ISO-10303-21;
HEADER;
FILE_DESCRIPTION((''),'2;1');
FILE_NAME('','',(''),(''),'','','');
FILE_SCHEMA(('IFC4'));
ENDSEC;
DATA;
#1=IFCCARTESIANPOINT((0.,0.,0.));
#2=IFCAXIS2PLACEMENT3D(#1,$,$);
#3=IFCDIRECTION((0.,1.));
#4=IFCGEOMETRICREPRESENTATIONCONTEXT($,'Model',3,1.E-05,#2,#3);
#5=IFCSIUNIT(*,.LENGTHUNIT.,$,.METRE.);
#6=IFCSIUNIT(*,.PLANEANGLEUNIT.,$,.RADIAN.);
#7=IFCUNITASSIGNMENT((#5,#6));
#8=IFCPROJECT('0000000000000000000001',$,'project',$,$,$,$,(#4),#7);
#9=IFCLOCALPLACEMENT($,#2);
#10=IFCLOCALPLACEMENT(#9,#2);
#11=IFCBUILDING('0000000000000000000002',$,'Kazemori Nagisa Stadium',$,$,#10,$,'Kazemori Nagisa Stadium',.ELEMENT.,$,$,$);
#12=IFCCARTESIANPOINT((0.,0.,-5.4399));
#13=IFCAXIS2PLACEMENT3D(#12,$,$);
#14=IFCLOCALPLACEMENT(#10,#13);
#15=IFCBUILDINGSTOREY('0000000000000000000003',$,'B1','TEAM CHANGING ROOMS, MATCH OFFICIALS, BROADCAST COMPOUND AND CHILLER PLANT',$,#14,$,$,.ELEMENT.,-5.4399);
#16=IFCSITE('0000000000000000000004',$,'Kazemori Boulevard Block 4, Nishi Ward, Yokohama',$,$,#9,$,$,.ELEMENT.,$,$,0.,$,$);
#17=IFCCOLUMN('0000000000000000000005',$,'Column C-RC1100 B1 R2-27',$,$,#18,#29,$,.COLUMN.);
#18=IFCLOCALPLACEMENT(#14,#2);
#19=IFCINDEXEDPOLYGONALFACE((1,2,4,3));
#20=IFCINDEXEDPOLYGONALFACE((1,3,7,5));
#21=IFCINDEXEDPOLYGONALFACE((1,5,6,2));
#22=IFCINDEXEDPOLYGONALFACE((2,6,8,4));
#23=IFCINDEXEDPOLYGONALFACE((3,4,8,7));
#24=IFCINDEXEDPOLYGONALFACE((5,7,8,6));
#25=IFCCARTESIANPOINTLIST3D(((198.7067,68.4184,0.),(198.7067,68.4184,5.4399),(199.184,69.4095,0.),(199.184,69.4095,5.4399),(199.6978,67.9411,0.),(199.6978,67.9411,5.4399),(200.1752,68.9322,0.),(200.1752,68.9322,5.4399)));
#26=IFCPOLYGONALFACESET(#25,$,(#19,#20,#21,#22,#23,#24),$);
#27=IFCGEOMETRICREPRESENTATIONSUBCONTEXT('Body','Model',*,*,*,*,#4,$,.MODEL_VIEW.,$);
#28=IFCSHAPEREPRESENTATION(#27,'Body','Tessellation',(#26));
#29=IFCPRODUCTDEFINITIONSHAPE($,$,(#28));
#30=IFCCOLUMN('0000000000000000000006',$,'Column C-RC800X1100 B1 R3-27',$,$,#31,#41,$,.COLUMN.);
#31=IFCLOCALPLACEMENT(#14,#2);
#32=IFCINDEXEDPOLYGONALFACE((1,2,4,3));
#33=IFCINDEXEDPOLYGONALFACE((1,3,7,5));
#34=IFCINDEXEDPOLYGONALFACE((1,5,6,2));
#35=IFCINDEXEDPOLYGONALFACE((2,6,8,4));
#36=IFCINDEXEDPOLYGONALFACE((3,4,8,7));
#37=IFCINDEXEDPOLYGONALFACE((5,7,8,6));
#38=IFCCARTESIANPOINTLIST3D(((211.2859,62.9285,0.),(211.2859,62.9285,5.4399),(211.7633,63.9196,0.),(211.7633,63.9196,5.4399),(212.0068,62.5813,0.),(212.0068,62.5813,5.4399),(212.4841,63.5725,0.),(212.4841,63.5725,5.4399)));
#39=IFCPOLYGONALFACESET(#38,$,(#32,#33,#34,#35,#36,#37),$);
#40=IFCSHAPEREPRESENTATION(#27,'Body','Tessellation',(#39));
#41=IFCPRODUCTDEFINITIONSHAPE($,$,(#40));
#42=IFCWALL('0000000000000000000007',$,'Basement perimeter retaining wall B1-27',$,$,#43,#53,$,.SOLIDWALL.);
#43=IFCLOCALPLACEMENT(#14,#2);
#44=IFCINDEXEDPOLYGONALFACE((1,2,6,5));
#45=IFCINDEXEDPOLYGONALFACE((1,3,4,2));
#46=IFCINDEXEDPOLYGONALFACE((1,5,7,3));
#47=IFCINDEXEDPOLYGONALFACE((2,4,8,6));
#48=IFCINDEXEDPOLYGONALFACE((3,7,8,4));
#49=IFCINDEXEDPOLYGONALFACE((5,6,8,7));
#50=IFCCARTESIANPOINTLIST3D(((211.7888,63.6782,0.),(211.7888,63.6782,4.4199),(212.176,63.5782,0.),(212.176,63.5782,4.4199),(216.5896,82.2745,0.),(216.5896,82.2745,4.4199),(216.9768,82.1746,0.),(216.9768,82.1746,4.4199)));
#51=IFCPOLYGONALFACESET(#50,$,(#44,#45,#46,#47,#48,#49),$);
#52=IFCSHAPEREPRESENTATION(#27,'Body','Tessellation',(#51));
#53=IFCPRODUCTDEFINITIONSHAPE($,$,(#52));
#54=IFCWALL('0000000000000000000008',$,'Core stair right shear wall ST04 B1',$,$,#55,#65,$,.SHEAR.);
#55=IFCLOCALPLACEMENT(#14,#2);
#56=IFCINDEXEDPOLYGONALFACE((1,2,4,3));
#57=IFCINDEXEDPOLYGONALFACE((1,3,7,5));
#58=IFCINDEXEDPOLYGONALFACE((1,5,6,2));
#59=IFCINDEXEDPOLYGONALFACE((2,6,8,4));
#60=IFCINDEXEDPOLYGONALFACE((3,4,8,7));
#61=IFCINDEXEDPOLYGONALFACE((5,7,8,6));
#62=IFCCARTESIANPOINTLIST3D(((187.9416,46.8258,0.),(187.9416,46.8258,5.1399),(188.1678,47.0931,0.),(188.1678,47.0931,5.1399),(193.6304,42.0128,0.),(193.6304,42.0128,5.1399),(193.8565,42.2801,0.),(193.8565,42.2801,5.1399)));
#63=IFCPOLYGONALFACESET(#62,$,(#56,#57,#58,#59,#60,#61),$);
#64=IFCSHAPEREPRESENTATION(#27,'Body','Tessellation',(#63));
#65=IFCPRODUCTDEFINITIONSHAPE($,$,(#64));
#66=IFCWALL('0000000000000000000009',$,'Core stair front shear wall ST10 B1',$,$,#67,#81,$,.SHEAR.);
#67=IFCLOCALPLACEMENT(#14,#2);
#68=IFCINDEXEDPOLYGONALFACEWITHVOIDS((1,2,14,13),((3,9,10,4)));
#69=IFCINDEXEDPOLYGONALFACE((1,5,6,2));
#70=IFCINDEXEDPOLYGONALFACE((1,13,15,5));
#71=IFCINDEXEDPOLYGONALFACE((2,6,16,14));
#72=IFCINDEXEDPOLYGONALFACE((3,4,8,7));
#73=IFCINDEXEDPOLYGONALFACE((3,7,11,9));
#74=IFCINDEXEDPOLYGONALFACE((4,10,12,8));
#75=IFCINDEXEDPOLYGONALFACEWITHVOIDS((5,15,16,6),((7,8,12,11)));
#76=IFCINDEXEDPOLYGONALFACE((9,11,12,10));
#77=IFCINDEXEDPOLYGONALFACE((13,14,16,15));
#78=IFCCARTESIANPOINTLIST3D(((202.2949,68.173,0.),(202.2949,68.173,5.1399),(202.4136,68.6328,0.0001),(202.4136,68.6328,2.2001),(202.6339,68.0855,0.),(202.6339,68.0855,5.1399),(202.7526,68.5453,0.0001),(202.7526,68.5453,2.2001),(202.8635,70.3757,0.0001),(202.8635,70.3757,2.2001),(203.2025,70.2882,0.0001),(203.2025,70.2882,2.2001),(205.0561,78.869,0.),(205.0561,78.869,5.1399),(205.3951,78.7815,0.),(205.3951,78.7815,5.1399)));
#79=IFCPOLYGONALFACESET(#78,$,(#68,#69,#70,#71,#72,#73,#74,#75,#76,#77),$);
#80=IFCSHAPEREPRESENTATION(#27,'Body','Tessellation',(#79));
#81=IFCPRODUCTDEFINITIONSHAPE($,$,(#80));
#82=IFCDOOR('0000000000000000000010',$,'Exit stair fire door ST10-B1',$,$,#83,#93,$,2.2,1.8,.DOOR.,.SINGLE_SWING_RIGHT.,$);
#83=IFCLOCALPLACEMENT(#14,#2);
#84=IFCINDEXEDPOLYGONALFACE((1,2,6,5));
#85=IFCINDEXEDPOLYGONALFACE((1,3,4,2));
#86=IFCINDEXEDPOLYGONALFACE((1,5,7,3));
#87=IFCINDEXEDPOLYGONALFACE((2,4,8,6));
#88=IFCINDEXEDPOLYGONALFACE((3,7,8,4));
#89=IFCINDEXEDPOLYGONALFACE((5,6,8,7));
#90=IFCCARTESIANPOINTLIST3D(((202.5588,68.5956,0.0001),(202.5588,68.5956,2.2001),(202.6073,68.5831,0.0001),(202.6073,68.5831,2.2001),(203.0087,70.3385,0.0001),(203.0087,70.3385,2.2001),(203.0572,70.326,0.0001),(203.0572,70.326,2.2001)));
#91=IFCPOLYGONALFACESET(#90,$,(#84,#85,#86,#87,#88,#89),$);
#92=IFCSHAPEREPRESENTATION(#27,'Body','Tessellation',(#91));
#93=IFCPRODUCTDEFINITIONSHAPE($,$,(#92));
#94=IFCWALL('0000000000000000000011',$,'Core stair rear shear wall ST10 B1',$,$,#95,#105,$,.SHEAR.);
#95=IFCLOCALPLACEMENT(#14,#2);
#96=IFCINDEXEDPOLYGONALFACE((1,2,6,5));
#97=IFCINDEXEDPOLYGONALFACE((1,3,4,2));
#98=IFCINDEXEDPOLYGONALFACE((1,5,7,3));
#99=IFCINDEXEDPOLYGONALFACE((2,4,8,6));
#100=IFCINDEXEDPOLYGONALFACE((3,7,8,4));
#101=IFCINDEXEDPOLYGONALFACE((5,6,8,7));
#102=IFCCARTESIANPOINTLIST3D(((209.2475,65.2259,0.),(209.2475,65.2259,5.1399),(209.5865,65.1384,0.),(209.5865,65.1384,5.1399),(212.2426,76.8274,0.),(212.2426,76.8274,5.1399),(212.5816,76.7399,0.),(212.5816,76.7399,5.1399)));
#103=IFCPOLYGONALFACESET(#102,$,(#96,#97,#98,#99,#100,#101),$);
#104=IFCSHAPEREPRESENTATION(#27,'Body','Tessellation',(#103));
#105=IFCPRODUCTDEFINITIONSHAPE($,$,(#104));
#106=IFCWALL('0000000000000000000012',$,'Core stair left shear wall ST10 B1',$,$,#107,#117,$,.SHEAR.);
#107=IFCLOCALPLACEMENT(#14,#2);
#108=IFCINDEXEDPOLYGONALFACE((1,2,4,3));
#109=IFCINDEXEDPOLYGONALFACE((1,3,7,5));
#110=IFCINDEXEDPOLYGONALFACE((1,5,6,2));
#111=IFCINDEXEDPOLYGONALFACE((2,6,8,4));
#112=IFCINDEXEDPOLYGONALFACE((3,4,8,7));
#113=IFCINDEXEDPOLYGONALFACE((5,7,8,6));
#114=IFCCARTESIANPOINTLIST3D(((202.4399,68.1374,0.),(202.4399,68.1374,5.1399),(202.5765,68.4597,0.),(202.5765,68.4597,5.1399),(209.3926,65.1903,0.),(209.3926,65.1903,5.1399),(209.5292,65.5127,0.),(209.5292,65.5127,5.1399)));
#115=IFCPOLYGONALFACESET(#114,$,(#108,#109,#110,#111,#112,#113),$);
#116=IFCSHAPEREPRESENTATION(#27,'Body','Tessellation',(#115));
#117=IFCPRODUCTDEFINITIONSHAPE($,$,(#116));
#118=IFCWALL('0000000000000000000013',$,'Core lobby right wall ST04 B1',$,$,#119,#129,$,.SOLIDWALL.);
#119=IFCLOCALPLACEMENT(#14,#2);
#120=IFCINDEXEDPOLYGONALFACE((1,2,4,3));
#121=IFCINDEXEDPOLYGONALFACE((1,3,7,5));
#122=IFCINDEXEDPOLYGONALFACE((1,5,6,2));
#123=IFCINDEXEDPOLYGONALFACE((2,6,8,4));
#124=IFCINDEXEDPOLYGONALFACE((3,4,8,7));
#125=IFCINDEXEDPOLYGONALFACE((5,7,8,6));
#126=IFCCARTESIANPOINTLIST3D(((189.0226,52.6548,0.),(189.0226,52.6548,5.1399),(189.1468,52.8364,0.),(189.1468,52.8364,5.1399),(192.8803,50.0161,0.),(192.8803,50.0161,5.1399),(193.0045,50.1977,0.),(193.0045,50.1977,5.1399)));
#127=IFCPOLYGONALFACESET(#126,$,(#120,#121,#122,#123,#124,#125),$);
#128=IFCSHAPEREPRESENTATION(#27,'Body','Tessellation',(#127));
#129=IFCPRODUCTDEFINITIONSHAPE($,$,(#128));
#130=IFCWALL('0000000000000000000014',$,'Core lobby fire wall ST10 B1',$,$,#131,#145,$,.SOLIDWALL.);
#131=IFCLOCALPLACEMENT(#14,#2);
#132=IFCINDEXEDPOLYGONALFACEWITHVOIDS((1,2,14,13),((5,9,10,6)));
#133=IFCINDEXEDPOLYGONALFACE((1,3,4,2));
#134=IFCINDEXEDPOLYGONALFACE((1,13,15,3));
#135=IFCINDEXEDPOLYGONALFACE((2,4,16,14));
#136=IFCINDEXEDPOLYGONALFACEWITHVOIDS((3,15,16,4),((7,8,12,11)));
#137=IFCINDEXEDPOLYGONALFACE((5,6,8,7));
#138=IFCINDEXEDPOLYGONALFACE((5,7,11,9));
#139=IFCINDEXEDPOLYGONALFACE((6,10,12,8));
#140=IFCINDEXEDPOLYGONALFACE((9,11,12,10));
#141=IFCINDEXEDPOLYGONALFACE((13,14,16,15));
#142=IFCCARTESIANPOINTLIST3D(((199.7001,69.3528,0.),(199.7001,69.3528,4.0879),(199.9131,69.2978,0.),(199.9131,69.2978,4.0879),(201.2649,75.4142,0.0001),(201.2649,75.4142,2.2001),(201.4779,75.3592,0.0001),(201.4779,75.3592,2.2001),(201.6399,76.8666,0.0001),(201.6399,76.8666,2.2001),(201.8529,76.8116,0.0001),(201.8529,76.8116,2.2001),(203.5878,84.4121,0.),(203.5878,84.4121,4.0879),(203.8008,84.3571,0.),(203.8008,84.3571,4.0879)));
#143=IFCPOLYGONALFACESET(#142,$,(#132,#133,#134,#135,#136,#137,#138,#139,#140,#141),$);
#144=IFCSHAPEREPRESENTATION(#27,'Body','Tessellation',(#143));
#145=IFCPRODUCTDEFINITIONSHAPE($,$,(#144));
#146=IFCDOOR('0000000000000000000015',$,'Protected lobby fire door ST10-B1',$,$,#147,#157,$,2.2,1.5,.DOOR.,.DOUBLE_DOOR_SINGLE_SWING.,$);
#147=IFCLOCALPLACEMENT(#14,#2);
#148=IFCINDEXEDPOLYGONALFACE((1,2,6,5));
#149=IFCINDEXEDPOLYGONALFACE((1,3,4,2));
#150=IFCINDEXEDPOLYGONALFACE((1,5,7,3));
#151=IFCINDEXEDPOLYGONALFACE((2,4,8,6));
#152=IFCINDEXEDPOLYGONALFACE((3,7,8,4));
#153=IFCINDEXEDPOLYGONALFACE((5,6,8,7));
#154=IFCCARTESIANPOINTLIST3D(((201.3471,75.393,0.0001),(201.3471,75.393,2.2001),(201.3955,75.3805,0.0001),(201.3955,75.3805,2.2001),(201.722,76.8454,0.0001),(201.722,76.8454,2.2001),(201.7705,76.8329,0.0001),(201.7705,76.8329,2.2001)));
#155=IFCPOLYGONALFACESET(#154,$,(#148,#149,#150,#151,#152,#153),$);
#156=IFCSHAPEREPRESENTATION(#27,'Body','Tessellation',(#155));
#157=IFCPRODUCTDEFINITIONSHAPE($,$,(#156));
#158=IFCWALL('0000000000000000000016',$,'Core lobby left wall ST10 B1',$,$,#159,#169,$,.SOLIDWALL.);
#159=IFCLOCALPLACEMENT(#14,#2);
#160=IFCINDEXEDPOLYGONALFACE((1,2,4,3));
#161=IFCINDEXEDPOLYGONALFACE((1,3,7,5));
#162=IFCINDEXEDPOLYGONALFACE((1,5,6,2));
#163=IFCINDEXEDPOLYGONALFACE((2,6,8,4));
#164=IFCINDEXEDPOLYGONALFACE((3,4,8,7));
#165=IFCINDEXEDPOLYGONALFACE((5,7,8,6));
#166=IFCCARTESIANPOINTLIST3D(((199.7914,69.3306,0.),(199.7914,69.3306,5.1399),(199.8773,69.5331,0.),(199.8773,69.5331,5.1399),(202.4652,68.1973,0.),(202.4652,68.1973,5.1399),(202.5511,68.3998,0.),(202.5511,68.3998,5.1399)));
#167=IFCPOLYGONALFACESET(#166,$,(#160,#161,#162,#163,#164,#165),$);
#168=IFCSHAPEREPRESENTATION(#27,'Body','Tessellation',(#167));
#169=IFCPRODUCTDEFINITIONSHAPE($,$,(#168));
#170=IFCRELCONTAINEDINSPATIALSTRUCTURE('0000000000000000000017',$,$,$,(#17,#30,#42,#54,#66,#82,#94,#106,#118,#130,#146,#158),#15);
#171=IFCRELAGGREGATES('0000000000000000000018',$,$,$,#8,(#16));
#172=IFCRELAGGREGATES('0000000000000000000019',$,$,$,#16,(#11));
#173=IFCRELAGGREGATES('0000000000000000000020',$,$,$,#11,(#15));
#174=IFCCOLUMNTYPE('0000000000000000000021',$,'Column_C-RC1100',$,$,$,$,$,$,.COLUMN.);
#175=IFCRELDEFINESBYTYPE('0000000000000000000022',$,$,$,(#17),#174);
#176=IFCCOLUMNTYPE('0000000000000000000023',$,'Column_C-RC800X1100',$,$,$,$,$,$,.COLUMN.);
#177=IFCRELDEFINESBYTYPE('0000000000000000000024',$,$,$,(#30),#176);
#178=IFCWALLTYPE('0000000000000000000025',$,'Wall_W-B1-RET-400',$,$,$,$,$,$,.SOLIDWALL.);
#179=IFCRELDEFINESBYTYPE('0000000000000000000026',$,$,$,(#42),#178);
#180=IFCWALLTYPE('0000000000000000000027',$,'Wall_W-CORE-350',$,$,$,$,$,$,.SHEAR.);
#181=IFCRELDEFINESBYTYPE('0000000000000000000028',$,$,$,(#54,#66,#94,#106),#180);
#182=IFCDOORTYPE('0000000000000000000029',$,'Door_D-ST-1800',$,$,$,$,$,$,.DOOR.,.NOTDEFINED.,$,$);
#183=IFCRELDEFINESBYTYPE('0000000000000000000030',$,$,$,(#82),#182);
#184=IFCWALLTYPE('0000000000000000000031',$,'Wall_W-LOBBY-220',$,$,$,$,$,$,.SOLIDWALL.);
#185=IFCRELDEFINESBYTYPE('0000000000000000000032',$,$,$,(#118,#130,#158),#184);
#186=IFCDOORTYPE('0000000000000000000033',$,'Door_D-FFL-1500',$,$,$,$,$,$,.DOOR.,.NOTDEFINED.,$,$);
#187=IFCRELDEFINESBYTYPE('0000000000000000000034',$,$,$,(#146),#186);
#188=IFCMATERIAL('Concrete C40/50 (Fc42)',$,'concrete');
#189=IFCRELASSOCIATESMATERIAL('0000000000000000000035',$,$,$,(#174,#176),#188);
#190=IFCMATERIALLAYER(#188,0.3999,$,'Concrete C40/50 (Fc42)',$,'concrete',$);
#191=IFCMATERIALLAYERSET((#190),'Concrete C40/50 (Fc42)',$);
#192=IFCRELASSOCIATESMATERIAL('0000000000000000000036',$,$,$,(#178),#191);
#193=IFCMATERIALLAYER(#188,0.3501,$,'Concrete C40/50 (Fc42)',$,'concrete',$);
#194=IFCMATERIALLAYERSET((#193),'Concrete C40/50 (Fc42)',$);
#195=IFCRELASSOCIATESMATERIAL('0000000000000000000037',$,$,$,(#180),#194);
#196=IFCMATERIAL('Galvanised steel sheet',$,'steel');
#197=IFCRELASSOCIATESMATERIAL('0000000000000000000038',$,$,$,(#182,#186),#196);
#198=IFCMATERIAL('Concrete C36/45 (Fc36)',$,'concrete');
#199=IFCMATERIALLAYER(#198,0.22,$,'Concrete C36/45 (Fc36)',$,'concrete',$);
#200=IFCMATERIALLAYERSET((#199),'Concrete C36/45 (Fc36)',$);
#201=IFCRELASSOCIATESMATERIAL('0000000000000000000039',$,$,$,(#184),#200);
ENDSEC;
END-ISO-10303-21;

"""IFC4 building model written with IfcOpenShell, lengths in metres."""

from ifc_helpers import new_model, si_unit, direction, frame, frame_2d, origin, origin_2d, place, context, subcontext, project, spatial, rectangle, extrude, material, layer, layer_set, material_profile, profile_set, type_object, element, fill, save


model = new_model("IFC4")

# Units and contexts
model_context = context("Model", 3, precision=1e-05, world=origin(), true_north=direction((0.0, 1.0)))
body_context = subcontext(model_context, "Body", "Model", "MODEL_VIEW")
ifc_project = project(units=[si_unit("LENGTHUNIT", "METRE"), si_unit("PLANEANGLEUNIT", "RADIAN")], contexts=[model_context])

# Site, building, storey
site_placement = place(None, origin())
site = spatial("IfcSite", under=ifc_project, at=site_placement, Name="Kazemori Boulevard Block 4, Nishi Ward, Yokohama", CompositionType="ELEMENT", RefElevation=0.0)
building_placement = place(site_placement, origin())
building = spatial("IfcBuilding", under=site, at=building_placement, Name="Kazemori Nagisa Stadium", LongName="Kazemori Nagisa Stadium", CompositionType="ELEMENT")
storey_placement = place(building_placement, frame((0.0, 0.0, -5.4399)))
storey = spatial("IfcBuildingStorey", under=building, at=storey_placement, Name="B1", Description="TEAM CHANGING ROOMS, MATCH OFFICIALS, BROADCAST COMPOUND AND CHILLER PLANT", CompositionType="ELEMENT", Elevation=-5.4399)

# Shared definitions
ifc_material_1 = material(Name="Concrete C40/50 (Fc42)", Category="concrete")

# Shared definitions
ifc_material_2 = material(Name="Concrete C36/45 (Fc36)", Category="concrete")

# Columns
ifc_material_profile_1 = material_profile(ifc_material_1, rectangle(XDim=1.1001, YDim=1.1001, at=origin_2d()), Name="RC-COL-1100x1100")
ifc_profile_set_1 = profile_set([ifc_material_profile_1], Name="Concrete C40/50 (Fc42)")
column_type_1 = type_object("IfcColumnType", Name="Column_C-RC1100", PredefinedType="COLUMN", material=ifc_profile_set_1)
for number, where, z_axis, x_axis, name in (
    (1, (199.4409, 68.6753, 0.0), (0.0, 0.0, 1.0), (0.900969, -0.433884, 0.0), "Column C-RC1100 B1 R2-27"),
):
    element("IfcColumn", number, at=place(storey_placement, frame(where, z_axis=z_axis, x_axis=x_axis)), inside=storey, type_object=column_type_1, Name=name, PredefinedType="COLUMN", context=body_context, shape_type="SweptSolid", body=[
        extrude(rectangle(XDim=1.1001, YDim=1.1001, at=origin_2d()), origin(), (0.0, 0.0, 1.0), 5.4399),
    ])
ifc_material_profile_2 = material_profile(ifc_material_1, rectangle(XDim=0.8, YDim=1.1001, at=origin_2d()), Name="RC-COL-800x1100")
ifc_profile_set_2 = profile_set([ifc_material_profile_2], Name="Concrete C40/50 (Fc42)")
column_type_2 = type_object("IfcColumnType", Name="Column_C-RC800X1100", PredefinedType="COLUMN", material=ifc_profile_set_2)
column_1_placement = place(storey_placement, frame((211.885, 63.2505, 0.0), z_axis=(0.0, 0.0, 1.0), x_axis=(0.900969, -0.433884, 0.0)))
element("IfcColumn", 2, at=column_1_placement, inside=storey, type_object=column_type_2, Name="Column C-RC800X1100 B1 R3-27", PredefinedType="COLUMN", context=body_context, shape_type="SweptSolid", body=[
    extrude(rectangle(XDim=0.8, YDim=1.1001, at=origin_2d()), origin(), (0.0, 0.0, 1.0), 5.4399),
])

# Walls
ifc_layer_1 = layer(ifc_material_1, 0.3999, Name="Concrete C40/50 (Fc42)", Category="concrete")
ifc_layer_set_1 = layer_set([ifc_layer_1], Name="Concrete C40/50 (Fc42)")
wall_type_1 = type_object("IfcWallType", Name="Wall_W-B1-RET-400", PredefinedType="SOLIDWALL", material=ifc_layer_set_1)
wall_1_placement = place(storey_placement, frame((211.9824, 63.6282, 0.0), z_axis=(0.0, 0.0, 1.0), x_axis=(0.249961, 0.968256, 0.0)))
element("IfcWall", 3, at=wall_1_placement, inside=storey, type_object=wall_type_1, Name="Basement perimeter retaining wall B1-27", PredefinedType="SOLIDWALL", context=body_context, shape_type="SweptSolid", body=[
    extrude(rectangle(XDim=19.2061, YDim=0.3999, at=frame_2d((9.603, 0.0))), origin(), (0.0, 0.0, 1.0), 4.4199),
])
ifc_layer_2 = layer(ifc_material_1, 0.3501, Name="Concrete C40/50 (Fc42)", Category="concrete")
ifc_layer_set_2 = layer_set([ifc_layer_2], Name="Concrete C40/50 (Fc42)")
wall_type_2 = type_object("IfcWallType", Name="Wall_W-CORE-350", PredefinedType="SHEAR", material=ifc_layer_set_2)
wall_2_placement = place(storey_placement, frame((188.0547, 46.9595, 0.0), z_axis=(0.0, 0.0, 1.0), x_axis=(0.763422, -0.6459, 0.0)))
element("IfcWall", 4, at=wall_2_placement, inside=storey, type_object=wall_type_2, Name="Core stair right shear wall ST04 B1", PredefinedType="SHEAR", context=body_context, shape_type="SweptSolid", body=[
    extrude(rectangle(XDim=7.4517, YDim=0.3501, at=frame_2d((3.7258, 0.0))), origin(), (0.0, 0.0, 1.0), 5.1399),
])

# Wall, opening, door
wall_3_placement = place(storey_placement, frame((202.4644, 68.1292, 0.0), z_axis=(0.0, 0.0, 1.0), x_axis=(0.24996, 0.968256, 0.0)))
wall_3 = element("IfcWall", 5, at=wall_3_placement, inside=storey, type_object=wall_type_2, Name="Core stair front shear wall ST10 B1", PredefinedType="SHEAR", context=body_context, shape_type="SweptSolid", body=[
    extrude(rectangle(XDim=11.0466, YDim=0.3501, at=frame_2d((5.5234, 0.0))), origin(), (0.0, 0.0, 1.0), 5.1399),
])
opening_1_placement = place(wall_3_placement, frame((0.4751, 0.0, 0.0)))
opening_1 = element("IfcOpeningElement", 6, at=opening_1_placement, cuts=wall_3, PredefinedType="OPENING", context=body_context, shape_type="SweptSolid", body=[
    extrude(rectangle(XDim=1.8, YDim=2.2, at=frame_2d((0.8999, 1.1001))), frame((0.0, 0.1851, 0.0), z_axis=(0.0, -1.0, 0.0), x_axis=(1.0, 0.0, 0.0)), (0.0, 0.0, 1.0), 0.3701),
])
ifc_material_3 = material(Name="Galvanised steel sheet", Category="steel")
door_type_1 = type_object("IfcDoorType", Name="Door_D-ST-1800", OperationType="NOTDEFINED", PredefinedType="DOOR", material=ifc_material_3)
door_1_placement = place(opening_1_placement, frame((1.8, 0.0, 0.0), z_axis=(0.0, 0.0, 1.0), x_axis=(-1.0, 0.0, 0.0)))
door_1 = element("IfcDoor", 7, at=door_1_placement, inside=storey, type_object=door_type_1, Name="Exit stair fire door ST10-B1", OperationType="SINGLE_SWING_RIGHT", OverallHeight=2.2, OverallWidth=1.8, PredefinedType="DOOR", context=body_context, shape_type="SweptSolid", body=[
    extrude(rectangle(XDim=1.8, YDim=2.2, at=frame_2d((0.8999, 1.1001))), frame((0.0, 0.0249, 0.0), z_axis=(0.0, -1.0, 0.0), x_axis=(1.0, 0.0, 0.0)), (0.0, 0.0, 1.0), 0.05),
])
fill(opening_1, door_1)

# Walls
wall_4_placement = place(storey_placement, frame((209.417, 65.1821, 0.0), z_axis=(0.0, 0.0, 1.0), x_axis=(0.249969, 0.968254, 0.0)))
element("IfcWall", 8, at=wall_4_placement, inside=storey, type_object=wall_type_2, Name="Core stair rear shear wall ST10 B1", PredefinedType="SHEAR", context=body_context, shape_type="SweptSolid", body=[
    extrude(rectangle(XDim=11.9819, YDim=0.3501, at=frame_2d((5.991, 0.0))), origin(), (0.0, 0.0, 1.0), 5.1399),
])
wall_5_placement = place(storey_placement, frame((202.5081, 68.2986, 0.0), z_axis=(0.0, 0.0, 1.0), x_axis=(0.920705, -0.39026, 0.0)))
element("IfcWall", 9, at=wall_5_placement, inside=storey, type_object=wall_type_2, Name="Core stair left shear wall ST10 B1", PredefinedType="SHEAR", context=body_context, shape_type="SweptSolid", body=[
    extrude(rectangle(XDim=7.5515, YDim=0.3501, at=frame_2d((3.7759, 0.0))), origin(), (0.0, 0.0, 1.0), 5.1399),
])
ifc_layer_3 = layer(ifc_material_2, 0.22, Name="Concrete C36/45 (Fc36)", Category="concrete")
ifc_layer_set_3 = layer_set([ifc_layer_3], Name="Concrete C36/45 (Fc36)")
wall_type_3 = type_object("IfcWallType", Name="Wall_W-LOBBY-220", PredefinedType="SOLIDWALL", material=ifc_layer_set_3)
wall_6_placement = place(storey_placement, frame((189.0847, 52.7456, 0.0), z_axis=(0.0, 0.0, 1.0), x_axis=(0.825385, -0.56457, 0.0)))
element("IfcWall", 10, at=wall_6_placement, inside=storey, type_object=wall_type_3, Name="Core lobby right wall ST04 B1", PredefinedType="SOLIDWALL", context=body_context, shape_type="SweptSolid", body=[
    extrude(rectangle(XDim=4.6738, YDim=0.22, at=frame_2d((2.3369, 0.0))), origin(), (0.0, 0.0, 1.0), 5.1399),
])

# Wall, opening, door
wall_7_placement = place(storey_placement, frame((199.8066, 69.3254, 0.0), z_axis=(0.0, 0.0, 1.0), x_axis=(0.249963, 0.968255, 0.0)))
wall_7 = element("IfcWall", 11, at=wall_7_placement, inside=storey, type_object=wall_type_3, Name="Core lobby fire wall ST10 B1", PredefinedType="SOLIDWALL", context=body_context, shape_type="SweptSolid", body=[
    extrude(rectangle(XDim=15.553, YDim=0.22, at=frame_2d((7.7764, 0.0))), origin(), (0.0, 0.0, 1.0), 4.0879),
])
opening_2_placement = place(wall_7_placement, frame((6.26, 0.0, 0.0)))
opening_2 = element("IfcOpeningElement", 12, at=opening_2_placement, cuts=wall_7, PredefinedType="OPENING", context=body_context, shape_type="SweptSolid", body=[
    extrude(rectangle(XDim=1.5, YDim=2.2, at=frame_2d((0.75, 1.1001))), frame((0.0, 0.1199, 0.0), z_axis=(0.0, -1.0, 0.0), x_axis=(1.0, 0.0, 0.0)), (0.0, 0.0, 1.0), 0.24),
])
door_type_2 = type_object("IfcDoorType", Name="Door_D-FFL-1500", OperationType="NOTDEFINED", PredefinedType="DOOR", material=ifc_material_3)
door_2_placement = place(opening_2_placement, frame((1.5, 0.0, 0.0), z_axis=(0.0, 0.0, 1.0), x_axis=(-1.0, 0.0, 0.0)))
door_2 = element("IfcDoor", 13, at=door_2_placement, inside=storey, type_object=door_type_2, Name="Protected lobby fire door ST10-B1", OperationType="DOUBLE_DOOR_SINGLE_SWING", OverallHeight=2.2, OverallWidth=1.5, PredefinedType="DOOR", context=body_context, shape_type="SweptSolid", body=[
    extrude(rectangle(XDim=1.5, YDim=2.2, at=frame_2d((0.75, 1.1001))), frame((0.0, 0.0249, 0.0), z_axis=(0.0, -1.0, 0.0), x_axis=(1.0, 0.0, 0.0)), (0.0, 0.0, 1.0), 0.05),
])
fill(opening_2, door_2)

# Wall
wall_8_placement = place(storey_placement, frame((199.8342, 69.4319, 0.0), z_axis=(0.0, 0.0, 1.0), x_axis=(0.920712, -0.390243, 0.0)))
element("IfcWall", 14, at=wall_8_placement, inside=storey, type_object=wall_type_3, Name="Core lobby left wall ST10 B1", PredefinedType="SOLIDWALL", context=body_context, shape_type="SweptSolid", body=[
    extrude(rectangle(XDim=2.9041, YDim=0.22, at=frame_2d((1.4521, 0.0))), origin(), (0.0, 0.0, 1.0), 5.1399),
])

save(model, "model.ifc")
